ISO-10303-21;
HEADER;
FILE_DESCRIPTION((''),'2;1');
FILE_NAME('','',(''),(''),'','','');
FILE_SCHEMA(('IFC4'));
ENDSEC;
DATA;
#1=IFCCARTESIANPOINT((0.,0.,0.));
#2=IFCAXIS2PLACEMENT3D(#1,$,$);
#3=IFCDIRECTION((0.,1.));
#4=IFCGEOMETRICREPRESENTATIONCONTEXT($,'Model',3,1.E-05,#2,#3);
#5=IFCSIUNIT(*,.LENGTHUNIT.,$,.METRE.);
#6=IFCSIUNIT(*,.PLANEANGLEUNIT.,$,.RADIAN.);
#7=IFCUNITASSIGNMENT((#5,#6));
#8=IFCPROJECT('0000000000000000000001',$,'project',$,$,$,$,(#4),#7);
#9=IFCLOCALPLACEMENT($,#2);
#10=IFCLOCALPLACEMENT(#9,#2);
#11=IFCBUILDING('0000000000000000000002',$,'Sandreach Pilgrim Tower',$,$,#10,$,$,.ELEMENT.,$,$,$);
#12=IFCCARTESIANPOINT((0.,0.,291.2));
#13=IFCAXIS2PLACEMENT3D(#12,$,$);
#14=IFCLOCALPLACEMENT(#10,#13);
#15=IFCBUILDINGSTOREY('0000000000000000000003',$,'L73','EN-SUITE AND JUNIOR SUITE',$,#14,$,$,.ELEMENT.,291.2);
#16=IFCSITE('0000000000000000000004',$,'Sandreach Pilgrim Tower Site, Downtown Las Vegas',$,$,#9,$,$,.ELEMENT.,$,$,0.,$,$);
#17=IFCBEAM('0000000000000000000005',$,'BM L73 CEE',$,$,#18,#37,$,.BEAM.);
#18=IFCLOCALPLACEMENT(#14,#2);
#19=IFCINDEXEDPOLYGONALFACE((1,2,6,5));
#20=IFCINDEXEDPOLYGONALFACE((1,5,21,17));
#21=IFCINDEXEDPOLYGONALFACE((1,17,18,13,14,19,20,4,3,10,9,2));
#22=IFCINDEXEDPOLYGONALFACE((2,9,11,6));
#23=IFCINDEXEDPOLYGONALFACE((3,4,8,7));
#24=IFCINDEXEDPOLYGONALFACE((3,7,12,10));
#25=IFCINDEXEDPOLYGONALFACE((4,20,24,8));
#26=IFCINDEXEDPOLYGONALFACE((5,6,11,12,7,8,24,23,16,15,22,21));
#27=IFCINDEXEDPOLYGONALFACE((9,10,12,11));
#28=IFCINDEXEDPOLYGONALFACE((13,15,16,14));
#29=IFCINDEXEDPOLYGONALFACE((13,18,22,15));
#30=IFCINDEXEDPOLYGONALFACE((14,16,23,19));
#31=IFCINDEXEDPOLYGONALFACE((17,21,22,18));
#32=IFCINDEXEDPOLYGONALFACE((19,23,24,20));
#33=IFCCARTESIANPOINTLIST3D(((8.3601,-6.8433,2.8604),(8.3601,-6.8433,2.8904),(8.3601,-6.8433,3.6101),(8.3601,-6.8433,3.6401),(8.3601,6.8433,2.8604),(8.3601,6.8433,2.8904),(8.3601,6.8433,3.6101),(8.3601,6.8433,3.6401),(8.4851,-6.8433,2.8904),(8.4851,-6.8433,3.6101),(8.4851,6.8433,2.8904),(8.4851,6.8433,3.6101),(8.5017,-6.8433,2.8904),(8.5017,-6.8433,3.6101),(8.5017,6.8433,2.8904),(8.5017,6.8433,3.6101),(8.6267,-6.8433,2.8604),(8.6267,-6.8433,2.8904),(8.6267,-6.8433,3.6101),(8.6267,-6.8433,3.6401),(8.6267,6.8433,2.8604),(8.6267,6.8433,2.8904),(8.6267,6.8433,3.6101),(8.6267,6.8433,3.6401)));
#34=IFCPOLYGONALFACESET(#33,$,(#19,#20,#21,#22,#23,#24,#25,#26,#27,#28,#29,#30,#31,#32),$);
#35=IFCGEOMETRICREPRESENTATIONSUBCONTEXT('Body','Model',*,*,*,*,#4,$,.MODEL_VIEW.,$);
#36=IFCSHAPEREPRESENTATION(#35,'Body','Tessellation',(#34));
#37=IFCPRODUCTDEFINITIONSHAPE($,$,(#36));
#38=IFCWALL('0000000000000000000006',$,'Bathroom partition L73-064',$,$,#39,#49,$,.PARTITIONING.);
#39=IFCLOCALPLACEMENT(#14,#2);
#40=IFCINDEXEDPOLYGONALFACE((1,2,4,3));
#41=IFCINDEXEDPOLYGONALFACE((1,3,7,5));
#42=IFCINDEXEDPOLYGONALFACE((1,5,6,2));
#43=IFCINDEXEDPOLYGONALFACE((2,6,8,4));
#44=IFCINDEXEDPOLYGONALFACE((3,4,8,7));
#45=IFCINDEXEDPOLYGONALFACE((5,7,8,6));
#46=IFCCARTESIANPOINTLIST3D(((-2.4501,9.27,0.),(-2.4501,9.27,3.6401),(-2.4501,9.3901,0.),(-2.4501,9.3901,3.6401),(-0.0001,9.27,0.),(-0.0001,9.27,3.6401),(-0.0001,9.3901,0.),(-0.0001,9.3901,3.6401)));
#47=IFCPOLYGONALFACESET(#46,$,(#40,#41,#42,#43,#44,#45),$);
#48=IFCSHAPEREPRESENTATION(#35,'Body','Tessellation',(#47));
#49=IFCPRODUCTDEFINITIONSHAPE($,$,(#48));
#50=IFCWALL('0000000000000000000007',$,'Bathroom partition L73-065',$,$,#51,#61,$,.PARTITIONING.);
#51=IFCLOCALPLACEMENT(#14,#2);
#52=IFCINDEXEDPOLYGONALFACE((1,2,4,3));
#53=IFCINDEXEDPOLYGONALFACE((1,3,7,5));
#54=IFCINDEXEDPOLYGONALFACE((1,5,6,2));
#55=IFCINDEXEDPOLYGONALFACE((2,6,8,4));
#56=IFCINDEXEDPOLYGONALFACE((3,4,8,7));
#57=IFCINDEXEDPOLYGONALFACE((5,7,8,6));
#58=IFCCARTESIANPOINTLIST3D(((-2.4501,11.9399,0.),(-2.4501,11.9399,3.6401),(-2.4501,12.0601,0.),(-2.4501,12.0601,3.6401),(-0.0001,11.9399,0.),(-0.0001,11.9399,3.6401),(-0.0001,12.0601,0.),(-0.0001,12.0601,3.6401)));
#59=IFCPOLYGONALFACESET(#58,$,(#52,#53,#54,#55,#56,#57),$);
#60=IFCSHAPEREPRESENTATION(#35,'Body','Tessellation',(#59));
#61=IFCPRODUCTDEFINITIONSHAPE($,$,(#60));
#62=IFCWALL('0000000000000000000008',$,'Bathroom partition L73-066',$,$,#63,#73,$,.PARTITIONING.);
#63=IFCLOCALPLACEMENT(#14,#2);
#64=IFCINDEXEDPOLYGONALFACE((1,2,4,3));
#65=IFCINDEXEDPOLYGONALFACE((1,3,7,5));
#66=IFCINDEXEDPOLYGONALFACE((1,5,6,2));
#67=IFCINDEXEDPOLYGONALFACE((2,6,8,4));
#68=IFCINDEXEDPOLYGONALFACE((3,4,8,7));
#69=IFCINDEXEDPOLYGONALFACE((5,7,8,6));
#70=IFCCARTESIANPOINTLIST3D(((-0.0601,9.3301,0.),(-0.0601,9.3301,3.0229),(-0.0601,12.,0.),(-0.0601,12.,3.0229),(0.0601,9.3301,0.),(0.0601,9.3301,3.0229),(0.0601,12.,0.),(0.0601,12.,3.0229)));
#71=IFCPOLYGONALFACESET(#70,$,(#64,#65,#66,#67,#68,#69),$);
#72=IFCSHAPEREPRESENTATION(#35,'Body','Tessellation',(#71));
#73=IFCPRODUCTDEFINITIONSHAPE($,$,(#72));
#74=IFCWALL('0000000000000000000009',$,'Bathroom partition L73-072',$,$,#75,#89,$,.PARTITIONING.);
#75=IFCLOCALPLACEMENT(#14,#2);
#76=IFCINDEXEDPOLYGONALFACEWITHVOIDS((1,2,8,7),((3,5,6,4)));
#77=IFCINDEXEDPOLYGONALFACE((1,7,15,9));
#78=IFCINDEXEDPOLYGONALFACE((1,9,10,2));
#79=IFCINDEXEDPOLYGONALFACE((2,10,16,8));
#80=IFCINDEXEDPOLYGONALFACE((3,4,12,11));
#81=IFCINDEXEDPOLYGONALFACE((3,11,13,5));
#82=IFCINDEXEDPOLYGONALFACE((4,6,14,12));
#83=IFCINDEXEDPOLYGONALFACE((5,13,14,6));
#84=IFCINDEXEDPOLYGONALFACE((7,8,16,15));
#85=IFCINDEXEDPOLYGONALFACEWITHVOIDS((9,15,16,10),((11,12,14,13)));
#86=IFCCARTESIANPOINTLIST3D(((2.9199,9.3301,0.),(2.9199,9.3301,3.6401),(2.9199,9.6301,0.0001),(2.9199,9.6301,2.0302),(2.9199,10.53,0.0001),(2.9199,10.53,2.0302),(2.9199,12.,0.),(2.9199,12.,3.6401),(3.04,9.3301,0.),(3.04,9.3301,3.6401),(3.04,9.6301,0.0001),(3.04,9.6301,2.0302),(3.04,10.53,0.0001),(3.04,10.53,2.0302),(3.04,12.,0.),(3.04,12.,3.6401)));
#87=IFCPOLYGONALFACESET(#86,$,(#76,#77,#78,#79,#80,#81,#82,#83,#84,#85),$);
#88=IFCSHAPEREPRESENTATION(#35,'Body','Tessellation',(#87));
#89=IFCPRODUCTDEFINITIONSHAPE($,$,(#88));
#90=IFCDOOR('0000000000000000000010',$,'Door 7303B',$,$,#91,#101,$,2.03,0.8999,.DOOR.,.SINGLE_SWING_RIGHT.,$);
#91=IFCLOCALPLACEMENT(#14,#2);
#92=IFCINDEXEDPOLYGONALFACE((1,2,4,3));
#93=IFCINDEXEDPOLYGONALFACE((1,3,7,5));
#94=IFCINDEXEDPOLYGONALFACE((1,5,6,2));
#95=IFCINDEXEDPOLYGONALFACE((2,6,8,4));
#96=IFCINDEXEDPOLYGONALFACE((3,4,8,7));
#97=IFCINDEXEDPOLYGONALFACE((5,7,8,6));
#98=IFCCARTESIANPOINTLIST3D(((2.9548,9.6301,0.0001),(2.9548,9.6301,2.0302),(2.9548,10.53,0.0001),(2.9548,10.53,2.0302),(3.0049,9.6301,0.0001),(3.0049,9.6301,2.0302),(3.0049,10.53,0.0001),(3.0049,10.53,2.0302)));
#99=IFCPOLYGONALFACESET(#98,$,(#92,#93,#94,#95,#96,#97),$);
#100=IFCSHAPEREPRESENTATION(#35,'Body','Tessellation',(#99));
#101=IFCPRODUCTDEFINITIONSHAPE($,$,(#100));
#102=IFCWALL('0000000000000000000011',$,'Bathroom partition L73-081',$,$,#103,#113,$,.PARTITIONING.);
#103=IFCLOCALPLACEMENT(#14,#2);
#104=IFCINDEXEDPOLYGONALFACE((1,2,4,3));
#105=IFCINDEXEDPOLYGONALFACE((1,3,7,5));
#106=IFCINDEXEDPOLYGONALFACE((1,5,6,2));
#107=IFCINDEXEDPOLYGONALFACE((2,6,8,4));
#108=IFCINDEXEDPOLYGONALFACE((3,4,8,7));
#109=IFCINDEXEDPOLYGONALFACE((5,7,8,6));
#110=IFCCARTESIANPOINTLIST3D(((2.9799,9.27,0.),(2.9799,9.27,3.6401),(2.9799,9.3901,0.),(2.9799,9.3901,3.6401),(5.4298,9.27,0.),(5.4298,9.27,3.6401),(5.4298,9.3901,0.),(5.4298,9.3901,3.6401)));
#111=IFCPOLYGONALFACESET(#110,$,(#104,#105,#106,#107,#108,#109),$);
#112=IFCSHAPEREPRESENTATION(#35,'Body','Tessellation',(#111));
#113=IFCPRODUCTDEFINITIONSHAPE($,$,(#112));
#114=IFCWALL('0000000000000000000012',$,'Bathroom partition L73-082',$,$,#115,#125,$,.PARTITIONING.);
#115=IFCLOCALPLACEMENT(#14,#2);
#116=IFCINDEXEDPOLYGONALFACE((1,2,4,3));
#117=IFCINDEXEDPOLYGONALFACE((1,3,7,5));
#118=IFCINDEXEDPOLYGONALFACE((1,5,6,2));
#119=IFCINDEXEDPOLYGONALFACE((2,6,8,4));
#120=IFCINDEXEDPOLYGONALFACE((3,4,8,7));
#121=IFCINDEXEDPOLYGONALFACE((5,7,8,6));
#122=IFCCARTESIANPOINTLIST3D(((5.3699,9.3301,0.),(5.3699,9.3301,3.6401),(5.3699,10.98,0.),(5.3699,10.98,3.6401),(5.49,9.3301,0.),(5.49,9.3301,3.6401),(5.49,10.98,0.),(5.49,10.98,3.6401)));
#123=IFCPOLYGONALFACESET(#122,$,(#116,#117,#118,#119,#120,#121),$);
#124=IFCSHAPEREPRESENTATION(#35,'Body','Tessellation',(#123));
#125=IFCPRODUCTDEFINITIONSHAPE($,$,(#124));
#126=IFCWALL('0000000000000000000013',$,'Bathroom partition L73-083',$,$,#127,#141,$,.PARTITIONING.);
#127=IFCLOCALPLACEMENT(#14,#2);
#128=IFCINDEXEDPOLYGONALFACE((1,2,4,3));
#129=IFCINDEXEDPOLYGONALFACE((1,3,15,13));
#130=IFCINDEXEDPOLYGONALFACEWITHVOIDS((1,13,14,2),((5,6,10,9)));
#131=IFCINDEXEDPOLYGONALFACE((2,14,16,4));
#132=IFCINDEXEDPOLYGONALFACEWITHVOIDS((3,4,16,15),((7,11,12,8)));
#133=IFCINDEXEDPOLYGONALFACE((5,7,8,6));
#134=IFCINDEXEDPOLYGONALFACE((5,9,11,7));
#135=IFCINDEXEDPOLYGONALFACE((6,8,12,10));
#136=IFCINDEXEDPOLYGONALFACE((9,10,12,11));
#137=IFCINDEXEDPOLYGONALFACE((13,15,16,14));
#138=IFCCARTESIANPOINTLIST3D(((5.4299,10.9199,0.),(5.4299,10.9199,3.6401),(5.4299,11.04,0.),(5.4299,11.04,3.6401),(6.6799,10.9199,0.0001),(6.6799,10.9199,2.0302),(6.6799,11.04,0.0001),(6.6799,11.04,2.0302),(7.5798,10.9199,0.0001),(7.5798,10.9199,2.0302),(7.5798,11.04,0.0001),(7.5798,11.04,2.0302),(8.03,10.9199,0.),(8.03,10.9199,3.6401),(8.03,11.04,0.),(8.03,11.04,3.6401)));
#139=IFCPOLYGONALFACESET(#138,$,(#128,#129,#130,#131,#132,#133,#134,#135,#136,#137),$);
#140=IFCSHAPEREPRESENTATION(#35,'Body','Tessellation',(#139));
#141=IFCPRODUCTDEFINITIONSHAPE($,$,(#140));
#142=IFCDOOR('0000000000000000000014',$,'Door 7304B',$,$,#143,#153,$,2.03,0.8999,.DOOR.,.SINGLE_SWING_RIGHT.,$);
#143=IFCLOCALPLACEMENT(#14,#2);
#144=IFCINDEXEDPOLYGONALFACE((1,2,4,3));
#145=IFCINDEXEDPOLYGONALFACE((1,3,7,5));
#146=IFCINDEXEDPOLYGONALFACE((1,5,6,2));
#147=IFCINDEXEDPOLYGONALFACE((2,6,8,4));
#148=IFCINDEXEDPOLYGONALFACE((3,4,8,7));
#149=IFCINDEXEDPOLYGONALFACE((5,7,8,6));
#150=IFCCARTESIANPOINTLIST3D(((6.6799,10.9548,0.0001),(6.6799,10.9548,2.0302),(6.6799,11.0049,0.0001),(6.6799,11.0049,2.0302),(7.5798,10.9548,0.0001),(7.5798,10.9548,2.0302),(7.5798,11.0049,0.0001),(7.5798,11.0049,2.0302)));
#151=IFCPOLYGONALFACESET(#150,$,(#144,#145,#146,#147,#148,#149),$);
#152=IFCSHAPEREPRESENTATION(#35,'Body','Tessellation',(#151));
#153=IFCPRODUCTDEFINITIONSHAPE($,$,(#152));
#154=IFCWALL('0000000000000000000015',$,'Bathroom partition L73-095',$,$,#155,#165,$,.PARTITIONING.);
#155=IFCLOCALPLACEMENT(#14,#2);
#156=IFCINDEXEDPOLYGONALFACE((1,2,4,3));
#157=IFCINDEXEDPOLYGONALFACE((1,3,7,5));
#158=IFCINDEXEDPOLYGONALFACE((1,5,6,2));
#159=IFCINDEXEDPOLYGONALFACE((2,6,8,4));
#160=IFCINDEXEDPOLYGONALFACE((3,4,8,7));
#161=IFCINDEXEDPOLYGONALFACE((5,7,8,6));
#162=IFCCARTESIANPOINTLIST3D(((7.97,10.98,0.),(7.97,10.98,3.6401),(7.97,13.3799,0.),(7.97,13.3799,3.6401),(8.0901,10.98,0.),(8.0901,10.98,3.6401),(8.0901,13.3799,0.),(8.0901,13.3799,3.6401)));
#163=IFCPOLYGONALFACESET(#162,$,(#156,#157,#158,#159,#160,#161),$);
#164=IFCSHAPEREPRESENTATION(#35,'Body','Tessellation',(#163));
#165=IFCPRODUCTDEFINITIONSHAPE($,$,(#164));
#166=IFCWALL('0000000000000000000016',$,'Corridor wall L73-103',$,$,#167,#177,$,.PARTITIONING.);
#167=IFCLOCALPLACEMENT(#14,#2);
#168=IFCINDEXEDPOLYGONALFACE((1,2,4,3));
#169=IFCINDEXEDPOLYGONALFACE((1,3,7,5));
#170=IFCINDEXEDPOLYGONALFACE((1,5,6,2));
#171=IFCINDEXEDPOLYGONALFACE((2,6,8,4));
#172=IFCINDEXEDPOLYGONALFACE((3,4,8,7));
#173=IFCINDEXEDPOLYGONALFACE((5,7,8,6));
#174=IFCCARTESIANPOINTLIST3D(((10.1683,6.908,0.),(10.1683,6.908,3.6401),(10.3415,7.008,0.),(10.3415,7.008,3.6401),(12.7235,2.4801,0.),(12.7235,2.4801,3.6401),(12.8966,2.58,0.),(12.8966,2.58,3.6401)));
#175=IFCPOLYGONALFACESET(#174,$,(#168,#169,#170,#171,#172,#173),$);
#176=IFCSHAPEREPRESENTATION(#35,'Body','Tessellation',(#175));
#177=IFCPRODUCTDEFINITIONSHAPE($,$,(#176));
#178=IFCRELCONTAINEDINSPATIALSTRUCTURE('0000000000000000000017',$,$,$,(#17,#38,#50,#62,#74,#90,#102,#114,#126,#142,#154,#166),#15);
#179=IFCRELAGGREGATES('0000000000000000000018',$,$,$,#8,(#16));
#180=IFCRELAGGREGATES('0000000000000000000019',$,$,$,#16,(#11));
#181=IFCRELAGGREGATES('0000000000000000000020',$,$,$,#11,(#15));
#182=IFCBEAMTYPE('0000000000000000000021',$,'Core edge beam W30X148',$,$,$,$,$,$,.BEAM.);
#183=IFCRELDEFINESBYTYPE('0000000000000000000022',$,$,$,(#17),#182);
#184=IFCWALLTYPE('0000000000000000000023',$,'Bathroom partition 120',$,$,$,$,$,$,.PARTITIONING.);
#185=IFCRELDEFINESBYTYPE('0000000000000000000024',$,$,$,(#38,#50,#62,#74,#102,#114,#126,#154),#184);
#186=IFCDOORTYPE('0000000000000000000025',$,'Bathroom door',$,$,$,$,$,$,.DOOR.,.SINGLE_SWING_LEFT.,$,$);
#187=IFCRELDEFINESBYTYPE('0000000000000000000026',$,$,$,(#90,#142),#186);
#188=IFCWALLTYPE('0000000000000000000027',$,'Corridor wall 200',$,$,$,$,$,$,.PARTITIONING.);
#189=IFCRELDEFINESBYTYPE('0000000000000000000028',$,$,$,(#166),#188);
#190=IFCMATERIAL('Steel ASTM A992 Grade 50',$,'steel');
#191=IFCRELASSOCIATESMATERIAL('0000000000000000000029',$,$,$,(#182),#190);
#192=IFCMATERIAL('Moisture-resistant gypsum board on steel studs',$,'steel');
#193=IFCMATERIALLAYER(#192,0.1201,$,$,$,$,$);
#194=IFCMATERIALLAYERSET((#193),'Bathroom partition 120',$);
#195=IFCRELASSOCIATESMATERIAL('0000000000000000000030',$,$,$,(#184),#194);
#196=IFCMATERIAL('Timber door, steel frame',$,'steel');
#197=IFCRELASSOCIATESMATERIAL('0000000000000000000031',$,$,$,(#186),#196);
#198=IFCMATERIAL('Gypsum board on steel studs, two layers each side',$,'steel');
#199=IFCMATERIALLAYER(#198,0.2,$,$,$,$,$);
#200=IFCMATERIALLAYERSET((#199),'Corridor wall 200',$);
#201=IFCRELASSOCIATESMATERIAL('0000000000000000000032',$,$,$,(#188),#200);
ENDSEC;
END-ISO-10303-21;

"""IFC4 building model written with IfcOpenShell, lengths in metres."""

from ifc_helpers import new_model, si_unit, direction, frame, frame_2d, origin, origin_2d, place, context, subcontext, project, spatial, rectangle, i_section, extrude, material, layer, layer_set, material_profile, profile_set, type_object, element, fill, save


model = new_model("IFC4")

# Units and contexts
model_context = context("Model", 3, precision=1e-05, world=origin(), true_north=direction((0.0, 1.0)))
body_context = subcontext(model_context, "Body", "Model", "MODEL_VIEW")
ifc_project = project(units=[si_unit("LENGTHUNIT", "METRE"), si_unit("PLANEANGLEUNIT", "RADIAN")], contexts=[model_context])

# Site, building, storey
site_placement = place(None, origin())
site = spatial("IfcSite", under=ifc_project, at=site_placement, Name="Sandreach Pilgrim Tower Site, Downtown Las Vegas", CompositionType="ELEMENT", RefElevation=0.0)
building_placement = place(site_placement, origin())
building = spatial("IfcBuilding", under=site, at=building_placement, Name="Sandreach Pilgrim Tower", CompositionType="ELEMENT")
storey_placement = place(building_placement, frame((0.0, 0.0, 291.2)))
storey = spatial("IfcBuildingStorey", under=building, at=storey_placement, Name="L73", Description="EN-SUITE AND JUNIOR SUITE", CompositionType="ELEMENT", Elevation=291.2)

# Beam
ifc_material_1 = material(Name="Steel ASTM A992 Grade 50", Category="steel")
ifc_material_profile = material_profile(ifc_material_1, i_section(OverallWidth=0.2666, OverallDepth=0.7798, WebThickness=0.0166, FlangeThickness=0.03, at=origin_2d()), Name="W30X148")
ifc_profile_set = profile_set([ifc_material_profile], Name="Steel ASTM A992 Grade 50")
beam_type = type_object("IfcBeamType", Name="Core edge beam W30X148", PredefinedType="BEAM", material=ifc_profile_set)
beam_placement = place(storey_placement, frame((8.4934, 6.8433, 3.2502), z_axis=(0.0, -1.0, 0.0), x_axis=(1.0, 0.0, 0.0)))
element("IfcBeam", 1, at=beam_placement, inside=storey, type_object=beam_type, Name="BM L73 CEE", PredefinedType="BEAM", context=body_context, shape_type="SweptSolid", body=[
    extrude(i_section(OverallWidth=0.2666, OverallDepth=0.7798, WebThickness=0.0166, FlangeThickness=0.03, at=origin_2d()), origin(), (0.0, 0.0, 1.0), 13.6865),
])

# Walls
ifc_material_2 = material(Name="Moisture-resistant gypsum board on steel studs", Category="steel")
ifc_layer_1 = layer(ifc_material_2, 0.1201)
ifc_layer_set_1 = layer_set([ifc_layer_1], Name="Bathroom partition 120")
wall_type_1 = type_object("IfcWallType", Name="Bathroom partition 120", PredefinedType="PARTITIONING", material=ifc_layer_set_1)
for number, where, z_axis, x_axis, name in (
    (2, (0.0, 9.3301, 0.0), (0.0, 0.0, 1.0), (-1.0, 0.0, 0.0), "Bathroom partition L73-064"),
    (3, (0.0, 12.0, 0.0), (0.0, 0.0, 1.0), (-1.0, 0.0, 0.0), "Bathroom partition L73-065"),
):
    element("IfcWall", number, at=place(storey_placement, frame(where, z_axis=z_axis, x_axis=x_axis)), inside=storey, type_object=wall_type_1, Name=name, PredefinedType="PARTITIONING", context=body_context, shape_type="SweptSolid", body=[
        extrude(rectangle(XDim=2.45, YDim=0.1201, at=frame_2d((1.2251, 0.0))), origin(), (0.0, 0.0, 1.0), 3.6401),
    ])
wall_1_placement = place(storey_placement, frame((0.0, 12.0, 0.0), z_axis=(0.0, 0.0, 1.0), x_axis=(0.0, -1.0, 0.0)))
element("IfcWall", 4, at=wall_1_placement, inside=storey, type_object=wall_type_1, Name="Bathroom partition L73-066", PredefinedType="PARTITIONING", context=body_context, shape_type="SweptSolid", body=[
    extrude(rectangle(XDim=2.6699, YDim=0.1201, at=frame_2d((1.335, 0.0))), origin(), (0.0, 0.0, 1.0), 3.0229),
])

# Wall, opening, door
wall_2_placement = place(storey_placement, frame((2.98, 12.0, 0.0), z_axis=(0.0, 0.0, 1.0), x_axis=(0.0, -1.0, 0.0)))
wall_2 = element("IfcWall", 5, at=wall_2_placement, inside=storey, type_object=wall_type_1, Name="Bathroom partition L73-072", PredefinedType="PARTITIONING", context=body_context, shape_type="SweptSolid", body=[
    extrude(rectangle(XDim=2.6699, YDim=0.1201, at=frame_2d((1.335, 0.0))), origin(), (0.0, 0.0, 1.0), 3.6401),
])
opening_1_placement = place(wall_2_placement, frame((1.47, 0.0, 0.0)))
opening_1 = element("IfcOpeningElement", 6, at=opening_1_placement, cuts=wall_2, PredefinedType="OPENING", context=body_context, shape_type="SweptSolid", body=[
    extrude(rectangle(XDim=0.8999, YDim=2.03, at=frame_2d((0.45, 1.0151))), frame((0.0, 0.0601, 0.0), z_axis=(0.0, -1.0, 0.0), x_axis=(1.0, 0.0, 0.0)), (0.0, 0.0, 1.0), 0.1201),
])
ifc_material_3 = material(Name="Timber door, steel frame", Category="steel")
door_type_1 = type_object("IfcDoorType", Name="Bathroom door", OperationType="SINGLE_SWING_LEFT", PredefinedType="DOOR", material=ifc_material_3)
door_1_placement = place(opening_1_placement, origin())
door_1 = element("IfcDoor", 7, at=door_1_placement, inside=storey, type_object=door_type_1, Name="Door 7303B", OperationType="SINGLE_SWING_RIGHT", OverallHeight=2.03, OverallWidth=0.8999, PredefinedType="DOOR", context=body_context, shape_type="SweptSolid", body=[
    extrude(rectangle(XDim=0.8999, YDim=2.03, at=frame_2d((0.45, 1.0151))), frame((0.0, 0.0249, 0.0), z_axis=(0.0, -1.0, 0.0), x_axis=(1.0, 0.0, 0.0)), (0.0, 0.0, 1.0), 0.05),
])
fill(opening_1, door_1)

# Walls
wall_3_placement = place(storey_placement, frame((5.4299, 9.3301, 0.0), z_axis=(0.0, 0.0, 1.0), x_axis=(-1.0, 0.0, 0.0)))
element("IfcWall", 8, at=wall_3_placement, inside=storey, type_object=wall_type_1, Name="Bathroom partition L73-081", PredefinedType="PARTITIONING", context=body_context, shape_type="SweptSolid", body=[
    extrude(rectangle(XDim=2.45, YDim=0.1201, at=frame_2d((1.2251, 0.0))), origin(), (0.0, 0.0, 1.0), 3.6401),
])
wall_4_placement = place(storey_placement, frame((5.4299, 10.98, 0.0), z_axis=(0.0, 0.0, 1.0), x_axis=(0.0, -1.0, 0.0)))
element("IfcWall", 9, at=wall_4_placement, inside=storey, type_object=wall_type_1, Name="Bathroom partition L73-082", PredefinedType="PARTITIONING", context=body_context, shape_type="SweptSolid", body=[
    extrude(rectangle(XDim=1.6499, YDim=0.1201, at=frame_2d((0.825, 0.0))), origin(), (0.0, 0.0, 1.0), 3.6401),
])

# Wall, opening, door
wall_5_placement = place(storey_placement, frame((5.4299, 10.98, 0.0), z_axis=(0.0, 0.0, 1.0), x_axis=(1.0, 0.0, 0.0)))
wall_5 = element("IfcWall", 10, at=wall_5_placement, inside=storey, type_object=wall_type_1, Name="Bathroom partition L73-083", PredefinedType="PARTITIONING", context=body_context, shape_type="SweptSolid", body=[
    extrude(rectangle(XDim=2.6001, YDim=0.1201, at=frame_2d((1.3, 0.0))), origin(), (0.0, 0.0, 1.0), 3.6401),
])
opening_2_placement = place(wall_5_placement, frame((1.25, 0.0, 0.0)))
opening_2 = element("IfcOpeningElement", 11, at=opening_2_placement, cuts=wall_5, PredefinedType="OPENING", context=body_context, shape_type="SweptSolid", body=[
    extrude(rectangle(XDim=0.8999, YDim=2.03, at=frame_2d((0.45, 1.0151))), frame((0.0, 0.0601, 0.0), z_axis=(0.0, -1.0, 0.0), x_axis=(1.0, 0.0, 0.0)), (0.0, 0.0, 1.0), 0.1201),
])
door_2_placement = place(opening_2_placement, origin())
door_2 = element("IfcDoor", 12, at=door_2_placement, inside=storey, type_object=door_type_1, Name="Door 7304B", OperationType="SINGLE_SWING_RIGHT", OverallHeight=2.03, OverallWidth=0.8999, PredefinedType="DOOR", context=body_context, shape_type="SweptSolid", body=[
    extrude(rectangle(XDim=0.8999, YDim=2.03, at=frame_2d((0.45, 1.0151))), frame((0.0, 0.0249, 0.0), z_axis=(0.0, -1.0, 0.0), x_axis=(1.0, 0.0, 0.0)), (0.0, 0.0, 1.0), 0.05),
])
fill(opening_2, door_2)

# Wall
wall_6_placement = place(storey_placement, frame((8.03, 10.98, 0.0), z_axis=(0.0, 0.0, 1.0), x_axis=(0.0, 1.0, 0.0)))
element("IfcWall", 13, at=wall_6_placement, inside=storey, type_object=wall_type_1, Name="Bathroom partition L73-095", PredefinedType="PARTITIONING", context=body_context, shape_type="SweptSolid", body=[
    extrude(rectangle(XDim=2.3999, YDim=0.1201, at=frame_2d((1.2, 0.0))), origin(), (0.0, 0.0, 1.0), 3.6401),
])

# Shared definitions
ifc_material_4 = material(Name="Gypsum board on steel studs, two layers each side", Category="steel")
ifc_layer_2 = layer(ifc_material_4, 0.2)
ifc_layer_set_2 = layer_set([ifc_layer_2], Name="Corridor wall 200")
wall_type_2 = type_object("IfcWallType", Name="Corridor wall 200", PredefinedType="PARTITIONING", material=ifc_layer_set_2)

# Wall
wall_7_placement = place(storey_placement, frame((10.2549, 6.958, 0.0), z_axis=(0.0, 0.0, 1.0), x_axis=(0.499807, -0.866137, 0.0)))
element("IfcWall", 14, at=wall_7_placement, inside=storey, type_object=wall_type_2, Name="Corridor wall L73-103", PredefinedType="PARTITIONING", context=body_context, shape_type="SweptSolid", body=[
    extrude(rectangle(XDim=5.1123, YDim=0.2, at=frame_2d((2.5562, 0.0))), origin(), (0.0, 0.0, 1.0), 3.6401),
])

save(model, "model.ifc")
